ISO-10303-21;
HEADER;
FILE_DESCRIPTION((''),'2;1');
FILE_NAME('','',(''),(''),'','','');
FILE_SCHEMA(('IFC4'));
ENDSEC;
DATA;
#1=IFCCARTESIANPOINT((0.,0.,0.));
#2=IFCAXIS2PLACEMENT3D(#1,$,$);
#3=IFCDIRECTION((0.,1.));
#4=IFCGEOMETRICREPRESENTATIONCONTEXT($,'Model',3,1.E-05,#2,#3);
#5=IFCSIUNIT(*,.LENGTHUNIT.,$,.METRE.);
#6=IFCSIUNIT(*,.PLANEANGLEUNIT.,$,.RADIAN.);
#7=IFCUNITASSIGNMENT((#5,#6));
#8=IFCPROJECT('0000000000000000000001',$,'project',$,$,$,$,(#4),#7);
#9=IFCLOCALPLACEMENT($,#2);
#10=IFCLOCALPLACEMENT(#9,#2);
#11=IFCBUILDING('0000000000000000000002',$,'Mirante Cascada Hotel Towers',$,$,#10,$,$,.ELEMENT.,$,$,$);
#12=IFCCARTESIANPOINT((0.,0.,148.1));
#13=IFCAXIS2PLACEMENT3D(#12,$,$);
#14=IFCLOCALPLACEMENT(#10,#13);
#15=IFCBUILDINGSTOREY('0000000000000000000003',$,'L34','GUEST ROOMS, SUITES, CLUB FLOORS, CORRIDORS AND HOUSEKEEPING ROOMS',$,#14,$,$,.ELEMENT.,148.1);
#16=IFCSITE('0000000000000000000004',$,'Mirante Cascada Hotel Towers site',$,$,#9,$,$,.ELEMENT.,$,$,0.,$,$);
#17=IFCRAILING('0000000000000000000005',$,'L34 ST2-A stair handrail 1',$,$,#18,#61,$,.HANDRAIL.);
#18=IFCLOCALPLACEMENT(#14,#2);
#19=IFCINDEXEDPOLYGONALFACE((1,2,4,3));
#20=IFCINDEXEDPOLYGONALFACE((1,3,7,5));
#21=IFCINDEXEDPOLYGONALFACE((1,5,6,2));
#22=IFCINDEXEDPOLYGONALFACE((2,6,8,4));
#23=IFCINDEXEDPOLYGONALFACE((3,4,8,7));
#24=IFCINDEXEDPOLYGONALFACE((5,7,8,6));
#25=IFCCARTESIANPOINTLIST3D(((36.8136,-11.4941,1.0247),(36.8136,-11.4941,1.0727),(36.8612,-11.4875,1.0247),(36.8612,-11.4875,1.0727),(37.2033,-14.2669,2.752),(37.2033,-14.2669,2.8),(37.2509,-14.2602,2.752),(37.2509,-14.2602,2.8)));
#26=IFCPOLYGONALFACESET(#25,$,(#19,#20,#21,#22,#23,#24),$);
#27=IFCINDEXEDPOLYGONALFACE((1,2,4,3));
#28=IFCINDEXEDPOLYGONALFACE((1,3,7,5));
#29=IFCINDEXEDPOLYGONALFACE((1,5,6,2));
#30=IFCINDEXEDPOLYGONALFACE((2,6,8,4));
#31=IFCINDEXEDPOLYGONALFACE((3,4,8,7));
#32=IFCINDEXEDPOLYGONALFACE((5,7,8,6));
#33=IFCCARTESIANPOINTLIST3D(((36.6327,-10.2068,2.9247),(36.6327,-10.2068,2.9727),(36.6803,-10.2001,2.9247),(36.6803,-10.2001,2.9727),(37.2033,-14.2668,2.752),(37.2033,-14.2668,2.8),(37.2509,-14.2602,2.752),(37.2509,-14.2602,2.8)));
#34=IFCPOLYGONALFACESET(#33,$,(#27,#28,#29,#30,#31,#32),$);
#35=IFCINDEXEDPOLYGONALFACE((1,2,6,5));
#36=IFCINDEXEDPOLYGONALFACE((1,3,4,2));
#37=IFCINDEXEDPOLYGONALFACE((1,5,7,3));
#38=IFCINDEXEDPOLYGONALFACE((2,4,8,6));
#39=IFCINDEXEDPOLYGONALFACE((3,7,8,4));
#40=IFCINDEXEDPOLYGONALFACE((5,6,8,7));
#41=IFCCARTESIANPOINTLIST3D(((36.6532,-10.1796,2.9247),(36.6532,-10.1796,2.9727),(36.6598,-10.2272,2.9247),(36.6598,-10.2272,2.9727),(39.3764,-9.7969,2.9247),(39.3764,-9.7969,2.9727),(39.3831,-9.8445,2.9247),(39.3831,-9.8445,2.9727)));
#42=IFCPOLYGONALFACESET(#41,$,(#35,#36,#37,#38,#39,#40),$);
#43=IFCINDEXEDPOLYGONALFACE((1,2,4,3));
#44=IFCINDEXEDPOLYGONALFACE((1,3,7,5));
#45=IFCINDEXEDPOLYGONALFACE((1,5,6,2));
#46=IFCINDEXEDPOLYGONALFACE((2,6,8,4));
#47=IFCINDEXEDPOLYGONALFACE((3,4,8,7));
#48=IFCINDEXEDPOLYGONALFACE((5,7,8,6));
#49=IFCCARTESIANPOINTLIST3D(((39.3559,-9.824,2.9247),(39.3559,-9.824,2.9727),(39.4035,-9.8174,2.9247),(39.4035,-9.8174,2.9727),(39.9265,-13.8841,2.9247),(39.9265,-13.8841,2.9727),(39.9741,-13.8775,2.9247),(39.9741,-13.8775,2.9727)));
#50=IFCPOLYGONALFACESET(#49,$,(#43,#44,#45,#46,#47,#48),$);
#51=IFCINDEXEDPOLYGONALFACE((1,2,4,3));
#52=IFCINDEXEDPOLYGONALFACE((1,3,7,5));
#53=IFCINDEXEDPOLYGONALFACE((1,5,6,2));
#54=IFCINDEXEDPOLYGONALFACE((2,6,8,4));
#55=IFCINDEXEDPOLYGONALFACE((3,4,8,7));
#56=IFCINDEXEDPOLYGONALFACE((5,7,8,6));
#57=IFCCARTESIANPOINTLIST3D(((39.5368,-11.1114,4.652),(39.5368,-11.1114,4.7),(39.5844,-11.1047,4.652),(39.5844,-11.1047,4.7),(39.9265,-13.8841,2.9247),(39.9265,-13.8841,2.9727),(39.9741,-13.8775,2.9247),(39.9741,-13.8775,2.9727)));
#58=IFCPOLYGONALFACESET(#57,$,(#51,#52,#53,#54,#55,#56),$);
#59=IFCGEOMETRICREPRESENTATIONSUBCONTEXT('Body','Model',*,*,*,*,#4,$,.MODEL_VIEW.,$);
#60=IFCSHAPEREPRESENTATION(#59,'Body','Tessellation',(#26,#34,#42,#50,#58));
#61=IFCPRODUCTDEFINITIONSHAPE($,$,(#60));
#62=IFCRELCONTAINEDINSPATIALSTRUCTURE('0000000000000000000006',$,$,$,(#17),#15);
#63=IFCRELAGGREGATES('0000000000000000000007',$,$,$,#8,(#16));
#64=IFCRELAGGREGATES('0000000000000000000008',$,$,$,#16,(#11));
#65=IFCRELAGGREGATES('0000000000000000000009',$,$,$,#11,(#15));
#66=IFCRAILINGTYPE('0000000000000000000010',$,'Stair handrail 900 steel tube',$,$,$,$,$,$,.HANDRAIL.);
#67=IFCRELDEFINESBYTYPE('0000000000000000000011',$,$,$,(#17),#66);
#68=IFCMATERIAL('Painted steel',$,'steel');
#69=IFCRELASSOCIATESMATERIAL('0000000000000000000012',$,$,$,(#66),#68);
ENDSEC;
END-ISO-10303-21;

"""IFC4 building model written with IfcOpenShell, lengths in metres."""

from ifc_helpers import new_model, si_unit, direction, frame, origin, origin_2d, place, context, subcontext, project, spatial, rectangle, extrude, material, type_object, element, save


model = new_model("IFC4")

# Units and contexts
model_context = context("Model", 3, precision=1e-05, world=origin(), true_north=direction((0.0, 1.0)))
body_context = subcontext(model_context, "Body", "Model", "MODEL_VIEW")
ifc_project = project(units=[si_unit("LENGTHUNIT", "METRE"), si_unit("PLANEANGLEUNIT", "RADIAN")], contexts=[model_context])

# Site, building, storey
site_placement = place(None, origin())
site = spatial("IfcSite", under=ifc_project, at=site_placement, Name="Mirante Cascada Hotel Towers site", CompositionType="ELEMENT", RefElevation=0.0)
building_placement = place(site_placement, origin())
building = spatial("IfcBuilding", under=site, at=building_placement, Name="Mirante Cascada Hotel Towers", CompositionType="ELEMENT")
storey_placement = place(building_placement, frame((0.0, 0.0, 148.1)))
storey = spatial("IfcBuildingStorey", under=building, at=storey_placement, Name="L34", Description="GUEST ROOMS, SUITES, CLUB FLOORS, CORRIDORS AND HOUSEKEEPING ROOMS", CompositionType="ELEMENT", Elevation=148.1)

# Railing
ifc_material_1 = material(Name="Painted steel", Category="steel")
railing_type = type_object("IfcRailingType", Name="Stair handrail 900 steel tube", PredefinedType="HANDRAIL", material=ifc_material_1)
railing_placement = place(storey_placement, frame((36.8374, -11.4908, 0.1727)))
element("IfcRailing", 1, at=railing_placement, inside=storey, type_object=railing_type, Name="L34 ST2-A stair handrail 1", PredefinedType="HANDRAIL", context=body_context, shape_type="SweptSolid", body=[
    extrude(rectangle(XDim=0.048, YDim=0.048, at=origin_2d()), frame((0.0, 0.0, 0.876), z_axis=(0.139181, -0.990267, 0.0), x_axis=(0.990267, 0.139181, 0.0)), (0.0, 0.525035, 0.851081), 3.2899),
    extrude(rectangle(XDim=0.048, YDim=0.048, at=origin_2d()), frame((0.3897, -2.7727, 2.6033), z_axis=(-0.139171, 0.990268, 0.0), x_axis=(-0.990268, -0.139171, 0.0)), (0.0, 0.042085, 0.999114), 4.1036),
    extrude(rectangle(XDim=0.048, YDim=0.048, at=origin_2d()), frame((-0.1809, 1.2874, 2.776), z_axis=(0.990269, 0.139166, 0.0), x_axis=(-0.139166, 0.990269, 0.0)), (0.0, 0.0, 1.0), 2.75),
    extrude(rectangle(XDim=0.048, YDim=0.048, at=origin_2d()), frame((2.5423, 1.6701, 2.776), z_axis=(0.139171, -0.990268, 0.0), x_axis=(0.990268, 0.139171, 0.0)), (0.0, 0.0, 1.0), 4.1),
    extrude(rectangle(XDim=0.048, YDim=0.048, at=origin_2d()), frame((3.1129, -2.39, 2.776), z_axis=(-0.139181, 0.990267, 0.0), x_axis=(-0.990267, -0.139181, 0.0)), (0.0, 0.525035, 0.851081), 3.2899),
])

save(model, "model.ifc")
